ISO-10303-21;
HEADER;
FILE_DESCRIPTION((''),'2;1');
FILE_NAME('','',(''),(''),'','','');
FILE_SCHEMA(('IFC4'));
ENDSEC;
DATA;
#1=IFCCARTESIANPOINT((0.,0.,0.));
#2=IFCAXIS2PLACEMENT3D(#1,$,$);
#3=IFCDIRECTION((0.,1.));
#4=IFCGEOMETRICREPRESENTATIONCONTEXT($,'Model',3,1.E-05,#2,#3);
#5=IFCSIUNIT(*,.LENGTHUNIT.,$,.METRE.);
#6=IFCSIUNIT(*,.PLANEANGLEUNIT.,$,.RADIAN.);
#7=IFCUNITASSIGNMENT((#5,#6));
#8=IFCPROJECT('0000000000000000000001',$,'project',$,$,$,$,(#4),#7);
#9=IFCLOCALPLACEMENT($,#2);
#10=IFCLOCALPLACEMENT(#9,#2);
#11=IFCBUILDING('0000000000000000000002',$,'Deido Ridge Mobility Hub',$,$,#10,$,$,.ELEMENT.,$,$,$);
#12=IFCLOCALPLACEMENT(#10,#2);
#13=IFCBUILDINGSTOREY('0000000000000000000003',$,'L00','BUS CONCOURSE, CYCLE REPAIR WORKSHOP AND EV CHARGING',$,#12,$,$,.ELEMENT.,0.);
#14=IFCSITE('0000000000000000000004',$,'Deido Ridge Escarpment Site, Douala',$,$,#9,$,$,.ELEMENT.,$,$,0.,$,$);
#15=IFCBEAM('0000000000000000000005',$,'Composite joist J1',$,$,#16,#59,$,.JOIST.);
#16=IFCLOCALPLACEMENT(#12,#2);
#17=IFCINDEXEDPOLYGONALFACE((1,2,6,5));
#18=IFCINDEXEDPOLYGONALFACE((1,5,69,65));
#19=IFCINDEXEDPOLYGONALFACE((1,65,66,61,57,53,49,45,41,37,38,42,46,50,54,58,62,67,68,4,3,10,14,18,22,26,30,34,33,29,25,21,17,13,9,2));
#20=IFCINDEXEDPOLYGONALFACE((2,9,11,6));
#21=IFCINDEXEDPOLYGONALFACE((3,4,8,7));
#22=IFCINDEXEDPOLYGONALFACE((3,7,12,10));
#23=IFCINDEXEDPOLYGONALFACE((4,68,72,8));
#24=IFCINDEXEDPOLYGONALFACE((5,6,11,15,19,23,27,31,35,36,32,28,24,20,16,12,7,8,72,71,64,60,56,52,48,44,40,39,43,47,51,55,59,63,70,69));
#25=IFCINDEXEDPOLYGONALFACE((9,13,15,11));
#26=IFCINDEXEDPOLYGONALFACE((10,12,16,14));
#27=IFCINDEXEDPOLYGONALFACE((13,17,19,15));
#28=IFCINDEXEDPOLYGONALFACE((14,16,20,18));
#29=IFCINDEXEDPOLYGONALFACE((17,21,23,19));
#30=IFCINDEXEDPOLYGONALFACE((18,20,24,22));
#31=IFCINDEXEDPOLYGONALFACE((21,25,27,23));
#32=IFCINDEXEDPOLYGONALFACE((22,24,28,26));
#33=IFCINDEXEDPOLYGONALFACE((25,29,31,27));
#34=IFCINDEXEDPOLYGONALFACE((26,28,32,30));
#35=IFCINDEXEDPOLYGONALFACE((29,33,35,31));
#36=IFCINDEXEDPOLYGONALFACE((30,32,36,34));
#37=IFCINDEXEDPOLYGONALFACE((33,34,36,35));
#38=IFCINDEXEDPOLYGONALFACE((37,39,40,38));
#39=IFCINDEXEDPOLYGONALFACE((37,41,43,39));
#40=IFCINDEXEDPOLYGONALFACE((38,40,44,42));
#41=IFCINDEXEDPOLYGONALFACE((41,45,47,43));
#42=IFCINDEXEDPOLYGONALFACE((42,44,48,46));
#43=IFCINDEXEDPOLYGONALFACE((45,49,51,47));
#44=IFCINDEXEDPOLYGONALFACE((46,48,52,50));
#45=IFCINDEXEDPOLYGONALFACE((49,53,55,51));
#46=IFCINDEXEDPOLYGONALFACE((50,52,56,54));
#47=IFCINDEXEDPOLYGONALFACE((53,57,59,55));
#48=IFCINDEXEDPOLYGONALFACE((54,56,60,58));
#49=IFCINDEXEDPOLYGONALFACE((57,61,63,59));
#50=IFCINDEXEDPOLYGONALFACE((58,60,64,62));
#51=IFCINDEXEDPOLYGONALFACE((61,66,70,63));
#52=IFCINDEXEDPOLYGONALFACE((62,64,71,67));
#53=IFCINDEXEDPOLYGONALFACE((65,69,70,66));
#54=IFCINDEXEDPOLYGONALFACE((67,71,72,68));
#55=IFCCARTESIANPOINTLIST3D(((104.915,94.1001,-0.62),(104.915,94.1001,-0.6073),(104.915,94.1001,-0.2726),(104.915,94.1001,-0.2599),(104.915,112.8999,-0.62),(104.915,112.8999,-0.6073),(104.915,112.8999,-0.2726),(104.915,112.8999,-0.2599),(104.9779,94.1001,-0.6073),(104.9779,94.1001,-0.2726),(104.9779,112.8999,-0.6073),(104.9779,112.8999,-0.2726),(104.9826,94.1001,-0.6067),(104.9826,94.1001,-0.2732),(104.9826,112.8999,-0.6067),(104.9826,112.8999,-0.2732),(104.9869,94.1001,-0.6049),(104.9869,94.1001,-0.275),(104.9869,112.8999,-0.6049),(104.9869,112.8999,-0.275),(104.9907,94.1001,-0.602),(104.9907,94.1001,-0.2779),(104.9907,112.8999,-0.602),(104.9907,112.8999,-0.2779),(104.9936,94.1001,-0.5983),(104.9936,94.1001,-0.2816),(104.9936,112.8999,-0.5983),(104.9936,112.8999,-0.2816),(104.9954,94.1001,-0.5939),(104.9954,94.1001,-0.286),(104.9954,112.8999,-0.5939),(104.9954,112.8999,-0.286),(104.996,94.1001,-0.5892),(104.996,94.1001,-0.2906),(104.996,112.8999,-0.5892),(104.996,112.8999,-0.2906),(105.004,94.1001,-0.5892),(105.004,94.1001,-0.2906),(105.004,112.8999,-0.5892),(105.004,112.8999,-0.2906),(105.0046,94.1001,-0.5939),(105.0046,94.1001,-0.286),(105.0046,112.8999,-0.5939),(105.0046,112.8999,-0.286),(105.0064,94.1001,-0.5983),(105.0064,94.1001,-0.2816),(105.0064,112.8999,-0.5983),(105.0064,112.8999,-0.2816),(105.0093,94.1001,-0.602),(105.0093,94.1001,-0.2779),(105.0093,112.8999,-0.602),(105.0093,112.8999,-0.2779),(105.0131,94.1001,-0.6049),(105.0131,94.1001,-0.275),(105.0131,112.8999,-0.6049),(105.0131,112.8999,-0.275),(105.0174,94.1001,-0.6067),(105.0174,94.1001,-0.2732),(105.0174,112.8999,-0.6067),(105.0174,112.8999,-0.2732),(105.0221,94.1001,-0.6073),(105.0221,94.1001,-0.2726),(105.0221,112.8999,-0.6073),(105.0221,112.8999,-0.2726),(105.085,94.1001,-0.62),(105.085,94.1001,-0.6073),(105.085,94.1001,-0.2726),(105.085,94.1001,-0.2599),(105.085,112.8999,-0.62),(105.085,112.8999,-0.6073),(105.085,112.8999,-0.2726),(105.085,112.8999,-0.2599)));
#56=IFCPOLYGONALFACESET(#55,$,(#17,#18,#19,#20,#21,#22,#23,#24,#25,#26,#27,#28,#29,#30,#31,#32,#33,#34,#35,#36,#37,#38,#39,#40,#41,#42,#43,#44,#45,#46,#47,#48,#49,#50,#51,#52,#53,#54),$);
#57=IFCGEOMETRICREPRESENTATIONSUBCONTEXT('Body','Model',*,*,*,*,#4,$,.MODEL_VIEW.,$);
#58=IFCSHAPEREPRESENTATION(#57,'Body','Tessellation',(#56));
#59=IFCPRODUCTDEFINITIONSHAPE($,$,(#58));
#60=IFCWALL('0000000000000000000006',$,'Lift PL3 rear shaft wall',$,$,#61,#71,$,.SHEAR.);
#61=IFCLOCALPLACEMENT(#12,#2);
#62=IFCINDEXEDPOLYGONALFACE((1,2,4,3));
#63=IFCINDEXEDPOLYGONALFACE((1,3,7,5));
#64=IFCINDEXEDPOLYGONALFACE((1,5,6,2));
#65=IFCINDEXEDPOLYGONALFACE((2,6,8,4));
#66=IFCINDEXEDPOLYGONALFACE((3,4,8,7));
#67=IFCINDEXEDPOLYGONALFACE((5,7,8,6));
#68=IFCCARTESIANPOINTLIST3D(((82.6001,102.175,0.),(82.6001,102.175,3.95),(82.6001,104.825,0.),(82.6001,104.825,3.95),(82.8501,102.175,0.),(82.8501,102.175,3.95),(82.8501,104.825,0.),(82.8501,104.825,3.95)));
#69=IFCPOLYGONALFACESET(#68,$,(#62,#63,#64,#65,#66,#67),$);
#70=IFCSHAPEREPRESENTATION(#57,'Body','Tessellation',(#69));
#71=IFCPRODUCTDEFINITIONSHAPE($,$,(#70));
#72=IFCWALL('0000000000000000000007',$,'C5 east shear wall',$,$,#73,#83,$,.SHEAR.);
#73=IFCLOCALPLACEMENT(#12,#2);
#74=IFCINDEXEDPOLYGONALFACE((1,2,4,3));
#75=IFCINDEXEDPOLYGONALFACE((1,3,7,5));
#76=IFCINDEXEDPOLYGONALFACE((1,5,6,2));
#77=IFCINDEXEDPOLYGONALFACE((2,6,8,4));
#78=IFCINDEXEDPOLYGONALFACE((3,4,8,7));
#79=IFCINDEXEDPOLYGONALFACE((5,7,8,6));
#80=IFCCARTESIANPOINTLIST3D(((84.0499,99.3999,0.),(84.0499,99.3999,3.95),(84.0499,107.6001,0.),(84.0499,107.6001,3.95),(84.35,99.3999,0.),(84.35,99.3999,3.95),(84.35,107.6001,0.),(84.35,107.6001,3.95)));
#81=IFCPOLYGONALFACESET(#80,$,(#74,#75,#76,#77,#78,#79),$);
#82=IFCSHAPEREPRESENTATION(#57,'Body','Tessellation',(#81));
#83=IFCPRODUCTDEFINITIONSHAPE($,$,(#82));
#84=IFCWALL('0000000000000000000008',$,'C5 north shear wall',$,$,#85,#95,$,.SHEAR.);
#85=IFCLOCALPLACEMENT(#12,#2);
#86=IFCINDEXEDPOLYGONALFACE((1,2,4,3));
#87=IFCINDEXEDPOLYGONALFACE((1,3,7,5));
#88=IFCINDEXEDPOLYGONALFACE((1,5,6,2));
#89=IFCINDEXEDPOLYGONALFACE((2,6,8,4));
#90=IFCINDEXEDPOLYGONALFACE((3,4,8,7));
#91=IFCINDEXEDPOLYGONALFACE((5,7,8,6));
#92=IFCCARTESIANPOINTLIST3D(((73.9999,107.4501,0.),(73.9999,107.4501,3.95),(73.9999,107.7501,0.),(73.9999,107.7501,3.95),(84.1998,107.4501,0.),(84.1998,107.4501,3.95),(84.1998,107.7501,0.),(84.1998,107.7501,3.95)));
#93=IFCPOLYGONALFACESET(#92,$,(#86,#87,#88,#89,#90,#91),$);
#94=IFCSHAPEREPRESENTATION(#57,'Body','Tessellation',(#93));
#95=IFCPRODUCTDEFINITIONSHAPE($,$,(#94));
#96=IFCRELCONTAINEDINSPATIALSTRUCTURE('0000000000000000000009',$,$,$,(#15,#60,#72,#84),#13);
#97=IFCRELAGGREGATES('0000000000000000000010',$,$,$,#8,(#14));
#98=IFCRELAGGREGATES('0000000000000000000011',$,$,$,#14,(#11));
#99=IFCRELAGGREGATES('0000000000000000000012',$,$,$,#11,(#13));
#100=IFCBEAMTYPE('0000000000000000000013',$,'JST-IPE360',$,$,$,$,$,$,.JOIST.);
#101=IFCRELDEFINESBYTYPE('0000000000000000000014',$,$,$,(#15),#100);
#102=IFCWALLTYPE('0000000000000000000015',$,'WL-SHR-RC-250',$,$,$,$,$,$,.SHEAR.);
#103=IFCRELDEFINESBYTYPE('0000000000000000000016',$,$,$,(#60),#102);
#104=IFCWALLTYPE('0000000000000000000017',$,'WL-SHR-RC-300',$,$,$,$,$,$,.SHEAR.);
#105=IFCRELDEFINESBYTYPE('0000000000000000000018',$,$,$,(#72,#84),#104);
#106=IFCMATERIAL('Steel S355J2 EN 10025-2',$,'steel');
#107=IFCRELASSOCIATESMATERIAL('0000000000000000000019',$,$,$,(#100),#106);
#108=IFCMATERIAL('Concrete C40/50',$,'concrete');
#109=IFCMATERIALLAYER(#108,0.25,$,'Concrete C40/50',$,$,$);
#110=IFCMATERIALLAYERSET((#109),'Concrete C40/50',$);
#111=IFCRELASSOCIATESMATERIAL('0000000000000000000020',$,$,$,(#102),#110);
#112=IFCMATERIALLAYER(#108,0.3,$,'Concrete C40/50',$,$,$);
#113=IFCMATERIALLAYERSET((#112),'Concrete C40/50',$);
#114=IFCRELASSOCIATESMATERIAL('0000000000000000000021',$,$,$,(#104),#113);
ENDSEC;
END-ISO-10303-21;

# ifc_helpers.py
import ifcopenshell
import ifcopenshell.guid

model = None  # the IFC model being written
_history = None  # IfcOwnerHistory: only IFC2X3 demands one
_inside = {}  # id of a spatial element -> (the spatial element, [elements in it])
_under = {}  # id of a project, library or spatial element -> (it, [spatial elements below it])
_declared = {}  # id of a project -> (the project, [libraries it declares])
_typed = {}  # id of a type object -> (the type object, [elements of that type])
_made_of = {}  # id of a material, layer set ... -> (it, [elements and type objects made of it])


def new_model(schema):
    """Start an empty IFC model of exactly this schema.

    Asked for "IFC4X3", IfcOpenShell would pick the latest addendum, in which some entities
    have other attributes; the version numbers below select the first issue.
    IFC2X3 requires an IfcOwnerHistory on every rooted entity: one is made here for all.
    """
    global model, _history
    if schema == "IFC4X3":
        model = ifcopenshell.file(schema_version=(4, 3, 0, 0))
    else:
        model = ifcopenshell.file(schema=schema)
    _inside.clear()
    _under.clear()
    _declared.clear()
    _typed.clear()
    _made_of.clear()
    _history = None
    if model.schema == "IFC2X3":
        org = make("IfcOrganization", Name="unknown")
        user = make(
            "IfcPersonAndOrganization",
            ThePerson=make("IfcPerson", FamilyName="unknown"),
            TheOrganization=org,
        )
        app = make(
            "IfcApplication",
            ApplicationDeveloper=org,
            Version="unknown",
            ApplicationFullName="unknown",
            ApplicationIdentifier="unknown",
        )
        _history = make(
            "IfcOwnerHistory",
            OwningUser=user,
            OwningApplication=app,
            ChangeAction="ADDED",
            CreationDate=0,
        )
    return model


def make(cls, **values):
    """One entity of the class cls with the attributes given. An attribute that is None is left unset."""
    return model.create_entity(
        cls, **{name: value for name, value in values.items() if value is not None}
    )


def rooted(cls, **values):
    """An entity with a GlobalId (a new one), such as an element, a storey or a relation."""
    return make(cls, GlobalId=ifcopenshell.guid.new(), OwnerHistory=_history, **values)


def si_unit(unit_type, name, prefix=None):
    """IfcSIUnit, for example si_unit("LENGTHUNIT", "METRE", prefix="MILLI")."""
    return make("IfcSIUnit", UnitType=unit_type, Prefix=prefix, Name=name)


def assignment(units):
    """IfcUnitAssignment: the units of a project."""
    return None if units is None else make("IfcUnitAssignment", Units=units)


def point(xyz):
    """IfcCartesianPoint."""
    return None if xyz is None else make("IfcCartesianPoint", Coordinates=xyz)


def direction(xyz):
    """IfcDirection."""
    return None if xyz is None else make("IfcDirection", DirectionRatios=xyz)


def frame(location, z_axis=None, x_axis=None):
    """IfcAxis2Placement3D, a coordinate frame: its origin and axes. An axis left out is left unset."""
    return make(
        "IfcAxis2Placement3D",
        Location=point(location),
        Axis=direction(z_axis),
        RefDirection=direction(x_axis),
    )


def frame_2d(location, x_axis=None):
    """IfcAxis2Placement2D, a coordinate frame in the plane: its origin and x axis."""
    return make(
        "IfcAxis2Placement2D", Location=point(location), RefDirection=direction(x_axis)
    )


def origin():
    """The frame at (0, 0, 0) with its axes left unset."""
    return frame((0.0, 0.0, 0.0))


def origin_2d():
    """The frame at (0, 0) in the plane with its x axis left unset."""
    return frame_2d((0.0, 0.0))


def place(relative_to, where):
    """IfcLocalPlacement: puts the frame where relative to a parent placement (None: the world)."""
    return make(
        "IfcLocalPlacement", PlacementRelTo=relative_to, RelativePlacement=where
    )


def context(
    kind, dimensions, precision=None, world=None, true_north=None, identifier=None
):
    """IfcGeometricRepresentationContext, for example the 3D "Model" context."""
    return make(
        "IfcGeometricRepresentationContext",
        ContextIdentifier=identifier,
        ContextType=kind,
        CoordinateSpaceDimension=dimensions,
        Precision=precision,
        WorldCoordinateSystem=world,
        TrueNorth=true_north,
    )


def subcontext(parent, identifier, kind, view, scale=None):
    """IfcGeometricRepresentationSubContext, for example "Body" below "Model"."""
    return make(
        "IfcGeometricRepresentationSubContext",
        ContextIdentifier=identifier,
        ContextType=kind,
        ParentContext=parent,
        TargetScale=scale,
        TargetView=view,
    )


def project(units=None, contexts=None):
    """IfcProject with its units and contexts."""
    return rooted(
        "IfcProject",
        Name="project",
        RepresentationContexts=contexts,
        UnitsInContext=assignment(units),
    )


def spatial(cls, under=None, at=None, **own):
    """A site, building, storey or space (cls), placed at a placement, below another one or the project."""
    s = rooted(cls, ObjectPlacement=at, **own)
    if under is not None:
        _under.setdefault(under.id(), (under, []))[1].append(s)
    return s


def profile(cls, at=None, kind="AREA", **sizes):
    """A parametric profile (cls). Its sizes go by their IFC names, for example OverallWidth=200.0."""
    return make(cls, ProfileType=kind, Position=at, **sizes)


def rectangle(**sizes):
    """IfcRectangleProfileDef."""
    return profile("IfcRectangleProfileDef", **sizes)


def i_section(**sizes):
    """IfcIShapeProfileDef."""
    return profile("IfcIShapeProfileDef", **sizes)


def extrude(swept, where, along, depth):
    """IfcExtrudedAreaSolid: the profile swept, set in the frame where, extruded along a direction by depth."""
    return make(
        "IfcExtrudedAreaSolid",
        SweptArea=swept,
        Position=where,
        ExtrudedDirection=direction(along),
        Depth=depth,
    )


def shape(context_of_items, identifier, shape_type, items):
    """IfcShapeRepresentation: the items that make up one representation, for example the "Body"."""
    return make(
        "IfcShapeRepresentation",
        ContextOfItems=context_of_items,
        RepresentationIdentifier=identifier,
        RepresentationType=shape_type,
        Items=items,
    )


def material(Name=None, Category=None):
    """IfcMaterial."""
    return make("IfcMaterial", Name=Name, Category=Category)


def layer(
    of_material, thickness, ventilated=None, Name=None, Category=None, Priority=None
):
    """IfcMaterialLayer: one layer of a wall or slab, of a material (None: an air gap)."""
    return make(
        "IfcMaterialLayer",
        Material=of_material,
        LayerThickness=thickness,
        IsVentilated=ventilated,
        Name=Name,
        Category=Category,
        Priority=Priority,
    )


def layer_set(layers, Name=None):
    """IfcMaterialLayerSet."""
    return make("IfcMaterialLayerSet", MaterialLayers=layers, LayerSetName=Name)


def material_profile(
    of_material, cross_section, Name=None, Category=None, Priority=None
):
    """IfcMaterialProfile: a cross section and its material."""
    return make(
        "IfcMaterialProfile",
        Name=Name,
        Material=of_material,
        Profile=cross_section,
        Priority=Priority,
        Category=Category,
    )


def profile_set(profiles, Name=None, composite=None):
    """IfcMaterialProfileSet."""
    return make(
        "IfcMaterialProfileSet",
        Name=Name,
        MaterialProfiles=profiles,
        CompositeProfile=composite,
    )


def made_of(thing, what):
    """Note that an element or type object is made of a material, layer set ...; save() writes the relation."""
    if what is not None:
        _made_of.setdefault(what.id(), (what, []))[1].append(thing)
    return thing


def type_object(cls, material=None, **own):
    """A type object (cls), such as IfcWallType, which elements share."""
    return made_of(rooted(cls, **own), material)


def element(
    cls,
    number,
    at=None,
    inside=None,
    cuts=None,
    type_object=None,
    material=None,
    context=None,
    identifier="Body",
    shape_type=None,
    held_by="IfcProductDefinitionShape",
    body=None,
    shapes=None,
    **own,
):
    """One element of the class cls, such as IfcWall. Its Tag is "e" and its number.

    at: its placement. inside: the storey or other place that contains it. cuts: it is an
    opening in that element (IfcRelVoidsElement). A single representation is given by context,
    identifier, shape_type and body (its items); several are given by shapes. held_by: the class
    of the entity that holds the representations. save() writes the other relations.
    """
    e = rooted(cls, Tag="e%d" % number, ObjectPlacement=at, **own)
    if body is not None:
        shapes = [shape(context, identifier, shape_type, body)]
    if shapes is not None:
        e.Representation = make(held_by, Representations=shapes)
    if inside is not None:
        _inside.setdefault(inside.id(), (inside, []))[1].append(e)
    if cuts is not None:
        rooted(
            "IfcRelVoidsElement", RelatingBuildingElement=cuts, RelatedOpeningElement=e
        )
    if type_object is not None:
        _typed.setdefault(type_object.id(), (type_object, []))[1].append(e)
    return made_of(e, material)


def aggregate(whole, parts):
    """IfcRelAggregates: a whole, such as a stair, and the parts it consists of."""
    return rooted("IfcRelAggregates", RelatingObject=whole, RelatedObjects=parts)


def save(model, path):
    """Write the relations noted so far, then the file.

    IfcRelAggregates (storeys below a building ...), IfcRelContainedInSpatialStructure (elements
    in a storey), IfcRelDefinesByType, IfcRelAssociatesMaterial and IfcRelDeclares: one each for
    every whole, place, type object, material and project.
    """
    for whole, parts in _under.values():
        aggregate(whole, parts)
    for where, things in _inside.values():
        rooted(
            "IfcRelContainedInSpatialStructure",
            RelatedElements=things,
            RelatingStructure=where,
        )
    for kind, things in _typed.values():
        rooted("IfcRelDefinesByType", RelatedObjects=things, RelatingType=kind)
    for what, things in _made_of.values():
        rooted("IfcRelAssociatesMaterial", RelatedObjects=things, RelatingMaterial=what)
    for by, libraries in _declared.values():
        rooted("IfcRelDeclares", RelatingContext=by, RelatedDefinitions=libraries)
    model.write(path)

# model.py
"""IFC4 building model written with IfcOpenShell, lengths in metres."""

from ifc_helpers import new_model, si_unit, direction, frame, frame_2d, origin, origin_2d, place, context, subcontext, project, spatial, rectangle, i_section, extrude, material, layer, layer_set, material_profile, profile_set, type_object, element, save


model = new_model("IFC4")

# Units and contexts
model_context = context("Model", 3, precision=1e-05, world=origin(), true_north=direction((0.0, 1.0)))
body_context = subcontext(model_context, "Body", "Model", "MODEL_VIEW")
ifc_project = project(units=[si_unit("LENGTHUNIT", "METRE"), si_unit("PLANEANGLEUNIT", "RADIAN")], contexts=[model_context])

# Site, building, storey
site_placement = place(None, origin())
site = spatial("IfcSite", under=ifc_project, at=site_placement, Name="Deido Ridge Escarpment Site, Douala", CompositionType="ELEMENT", RefElevation=0.0)
building_placement = place(site_placement, origin())
building = spatial("IfcBuilding", under=site, at=building_placement, Name="Deido Ridge Mobility Hub", CompositionType="ELEMENT")
storey_placement = place(building_placement, origin())
storey = spatial("IfcBuildingStorey", under=building, at=storey_placement, Name="L00", Description="BUS CONCOURSE, CYCLE REPAIR WORKSHOP AND EV CHARGING", CompositionType="ELEMENT", Elevation=0.0)

# Shared definitions
ifc_material_1 = material(Name="Steel S355J2 EN 10025-2", Category="steel")
ifc_material_2 = material(Name="Concrete C40/50", Category="concrete")

# Beam
ifc_material_profile_1 = material_profile(ifc_material_1, i_section(OverallWidth=0.1699, OverallDepth=0.3601, WebThickness=0.0081, FlangeThickness=0.0127, FilletRadius=0.0181, at=origin_2d()), Name="IPE 360")
ifc_profile_set_1 = profile_set([ifc_material_profile_1], Name="Steel S355J2 EN 10025-2")
beam_type_1 = type_object("IfcBeamType", Name="JST-IPE360", PredefinedType="JOIST", material=ifc_profile_set_1)
for number, where, z_axis, x_axis, name in (
    (1, (105.0, 94.1001, -0.4399), (0.0, 1.0, 0.0), (-1.0, 0.0, 0.0), "Composite joist J1"),
):
    element("IfcBeam", number, at=place(storey_placement, frame(where, z_axis=z_axis, x_axis=x_axis)), inside=storey, type_object=beam_type_1, Name=name, PredefinedType="JOIST", context=body_context, shape_type="SweptSolid", body=[
        extrude(i_section(OverallWidth=0.1699, OverallDepth=0.3601, WebThickness=0.0081, FlangeThickness=0.0127, FilletRadius=0.0181, at=origin_2d()), origin(), (0.0, 0.0, 1.0), 18.7998),
    ])

# Walls
ifc_layer_1 = layer(ifc_material_2, 0.25, Name="Concrete C40/50")
ifc_layer_set_1 = layer_set([ifc_layer_1], Name="Concrete C40/50")
wall_type_1 = type_object("IfcWallType", Name="WL-SHR-RC-250", PredefinedType="SHEAR", material=ifc_layer_set_1)
wall_1_placement = place(storey_placement, frame((82.7251, 102.175, 0.0), z_axis=(0.0, 0.0, 1.0), x_axis=(0.0, 1.0, 0.0)))
element("IfcWall", 2, at=wall_1_placement, inside=storey, type_object=wall_type_1, Name="Lift PL3 rear shaft wall", PredefinedType="SHEAR", context=body_context, shape_type="SweptSolid", body=[
    extrude(rectangle(XDim=2.6499, YDim=0.25, at=frame_2d((1.325, 0.0))), origin(), (0.0, 0.0, 1.0), 3.95),
])
ifc_layer_2 = layer(ifc_material_2, 0.3, Name="Concrete C40/50")
ifc_layer_set_2 = layer_set([ifc_layer_2], Name="Concrete C40/50")
wall_type_2 = type_object("IfcWallType", Name="WL-SHR-RC-300", PredefinedType="SHEAR", material=ifc_layer_set_2)
wall_2_placement = place(storey_placement, frame((84.2, 99.3999, 0.0), z_axis=(0.0, 0.0, 1.0), x_axis=(0.0, 1.0, 0.0)))
element("IfcWall", 3, at=wall_2_placement, inside=storey, type_object=wall_type_2, Name="C5 east shear wall", PredefinedType="SHEAR", context=body_context, shape_type="SweptSolid", body=[
    extrude(rectangle(XDim=8.2002, YDim=0.3, at=frame_2d((4.1001, 0.0))), origin(), (0.0, 0.0, 1.0), 3.95),
])
wall_3_placement = place(storey_placement, frame((84.2, 107.6001, 0.0), z_axis=(0.0, 0.0, 1.0), x_axis=(-1.0, 0.0, 0.0)))
element("IfcWall", 4, at=wall_3_placement, inside=storey, type_object=wall_type_2, Name="C5 north shear wall", PredefinedType="SHEAR", context=body_context, shape_type="SweptSolid", body=[
    extrude(rectangle(XDim=10.2, YDim=0.3, at=frame_2d((5.1001, 0.0))), origin(), (0.0, 0.0, 1.0), 3.95),
])

save(model, "model.ifc")
